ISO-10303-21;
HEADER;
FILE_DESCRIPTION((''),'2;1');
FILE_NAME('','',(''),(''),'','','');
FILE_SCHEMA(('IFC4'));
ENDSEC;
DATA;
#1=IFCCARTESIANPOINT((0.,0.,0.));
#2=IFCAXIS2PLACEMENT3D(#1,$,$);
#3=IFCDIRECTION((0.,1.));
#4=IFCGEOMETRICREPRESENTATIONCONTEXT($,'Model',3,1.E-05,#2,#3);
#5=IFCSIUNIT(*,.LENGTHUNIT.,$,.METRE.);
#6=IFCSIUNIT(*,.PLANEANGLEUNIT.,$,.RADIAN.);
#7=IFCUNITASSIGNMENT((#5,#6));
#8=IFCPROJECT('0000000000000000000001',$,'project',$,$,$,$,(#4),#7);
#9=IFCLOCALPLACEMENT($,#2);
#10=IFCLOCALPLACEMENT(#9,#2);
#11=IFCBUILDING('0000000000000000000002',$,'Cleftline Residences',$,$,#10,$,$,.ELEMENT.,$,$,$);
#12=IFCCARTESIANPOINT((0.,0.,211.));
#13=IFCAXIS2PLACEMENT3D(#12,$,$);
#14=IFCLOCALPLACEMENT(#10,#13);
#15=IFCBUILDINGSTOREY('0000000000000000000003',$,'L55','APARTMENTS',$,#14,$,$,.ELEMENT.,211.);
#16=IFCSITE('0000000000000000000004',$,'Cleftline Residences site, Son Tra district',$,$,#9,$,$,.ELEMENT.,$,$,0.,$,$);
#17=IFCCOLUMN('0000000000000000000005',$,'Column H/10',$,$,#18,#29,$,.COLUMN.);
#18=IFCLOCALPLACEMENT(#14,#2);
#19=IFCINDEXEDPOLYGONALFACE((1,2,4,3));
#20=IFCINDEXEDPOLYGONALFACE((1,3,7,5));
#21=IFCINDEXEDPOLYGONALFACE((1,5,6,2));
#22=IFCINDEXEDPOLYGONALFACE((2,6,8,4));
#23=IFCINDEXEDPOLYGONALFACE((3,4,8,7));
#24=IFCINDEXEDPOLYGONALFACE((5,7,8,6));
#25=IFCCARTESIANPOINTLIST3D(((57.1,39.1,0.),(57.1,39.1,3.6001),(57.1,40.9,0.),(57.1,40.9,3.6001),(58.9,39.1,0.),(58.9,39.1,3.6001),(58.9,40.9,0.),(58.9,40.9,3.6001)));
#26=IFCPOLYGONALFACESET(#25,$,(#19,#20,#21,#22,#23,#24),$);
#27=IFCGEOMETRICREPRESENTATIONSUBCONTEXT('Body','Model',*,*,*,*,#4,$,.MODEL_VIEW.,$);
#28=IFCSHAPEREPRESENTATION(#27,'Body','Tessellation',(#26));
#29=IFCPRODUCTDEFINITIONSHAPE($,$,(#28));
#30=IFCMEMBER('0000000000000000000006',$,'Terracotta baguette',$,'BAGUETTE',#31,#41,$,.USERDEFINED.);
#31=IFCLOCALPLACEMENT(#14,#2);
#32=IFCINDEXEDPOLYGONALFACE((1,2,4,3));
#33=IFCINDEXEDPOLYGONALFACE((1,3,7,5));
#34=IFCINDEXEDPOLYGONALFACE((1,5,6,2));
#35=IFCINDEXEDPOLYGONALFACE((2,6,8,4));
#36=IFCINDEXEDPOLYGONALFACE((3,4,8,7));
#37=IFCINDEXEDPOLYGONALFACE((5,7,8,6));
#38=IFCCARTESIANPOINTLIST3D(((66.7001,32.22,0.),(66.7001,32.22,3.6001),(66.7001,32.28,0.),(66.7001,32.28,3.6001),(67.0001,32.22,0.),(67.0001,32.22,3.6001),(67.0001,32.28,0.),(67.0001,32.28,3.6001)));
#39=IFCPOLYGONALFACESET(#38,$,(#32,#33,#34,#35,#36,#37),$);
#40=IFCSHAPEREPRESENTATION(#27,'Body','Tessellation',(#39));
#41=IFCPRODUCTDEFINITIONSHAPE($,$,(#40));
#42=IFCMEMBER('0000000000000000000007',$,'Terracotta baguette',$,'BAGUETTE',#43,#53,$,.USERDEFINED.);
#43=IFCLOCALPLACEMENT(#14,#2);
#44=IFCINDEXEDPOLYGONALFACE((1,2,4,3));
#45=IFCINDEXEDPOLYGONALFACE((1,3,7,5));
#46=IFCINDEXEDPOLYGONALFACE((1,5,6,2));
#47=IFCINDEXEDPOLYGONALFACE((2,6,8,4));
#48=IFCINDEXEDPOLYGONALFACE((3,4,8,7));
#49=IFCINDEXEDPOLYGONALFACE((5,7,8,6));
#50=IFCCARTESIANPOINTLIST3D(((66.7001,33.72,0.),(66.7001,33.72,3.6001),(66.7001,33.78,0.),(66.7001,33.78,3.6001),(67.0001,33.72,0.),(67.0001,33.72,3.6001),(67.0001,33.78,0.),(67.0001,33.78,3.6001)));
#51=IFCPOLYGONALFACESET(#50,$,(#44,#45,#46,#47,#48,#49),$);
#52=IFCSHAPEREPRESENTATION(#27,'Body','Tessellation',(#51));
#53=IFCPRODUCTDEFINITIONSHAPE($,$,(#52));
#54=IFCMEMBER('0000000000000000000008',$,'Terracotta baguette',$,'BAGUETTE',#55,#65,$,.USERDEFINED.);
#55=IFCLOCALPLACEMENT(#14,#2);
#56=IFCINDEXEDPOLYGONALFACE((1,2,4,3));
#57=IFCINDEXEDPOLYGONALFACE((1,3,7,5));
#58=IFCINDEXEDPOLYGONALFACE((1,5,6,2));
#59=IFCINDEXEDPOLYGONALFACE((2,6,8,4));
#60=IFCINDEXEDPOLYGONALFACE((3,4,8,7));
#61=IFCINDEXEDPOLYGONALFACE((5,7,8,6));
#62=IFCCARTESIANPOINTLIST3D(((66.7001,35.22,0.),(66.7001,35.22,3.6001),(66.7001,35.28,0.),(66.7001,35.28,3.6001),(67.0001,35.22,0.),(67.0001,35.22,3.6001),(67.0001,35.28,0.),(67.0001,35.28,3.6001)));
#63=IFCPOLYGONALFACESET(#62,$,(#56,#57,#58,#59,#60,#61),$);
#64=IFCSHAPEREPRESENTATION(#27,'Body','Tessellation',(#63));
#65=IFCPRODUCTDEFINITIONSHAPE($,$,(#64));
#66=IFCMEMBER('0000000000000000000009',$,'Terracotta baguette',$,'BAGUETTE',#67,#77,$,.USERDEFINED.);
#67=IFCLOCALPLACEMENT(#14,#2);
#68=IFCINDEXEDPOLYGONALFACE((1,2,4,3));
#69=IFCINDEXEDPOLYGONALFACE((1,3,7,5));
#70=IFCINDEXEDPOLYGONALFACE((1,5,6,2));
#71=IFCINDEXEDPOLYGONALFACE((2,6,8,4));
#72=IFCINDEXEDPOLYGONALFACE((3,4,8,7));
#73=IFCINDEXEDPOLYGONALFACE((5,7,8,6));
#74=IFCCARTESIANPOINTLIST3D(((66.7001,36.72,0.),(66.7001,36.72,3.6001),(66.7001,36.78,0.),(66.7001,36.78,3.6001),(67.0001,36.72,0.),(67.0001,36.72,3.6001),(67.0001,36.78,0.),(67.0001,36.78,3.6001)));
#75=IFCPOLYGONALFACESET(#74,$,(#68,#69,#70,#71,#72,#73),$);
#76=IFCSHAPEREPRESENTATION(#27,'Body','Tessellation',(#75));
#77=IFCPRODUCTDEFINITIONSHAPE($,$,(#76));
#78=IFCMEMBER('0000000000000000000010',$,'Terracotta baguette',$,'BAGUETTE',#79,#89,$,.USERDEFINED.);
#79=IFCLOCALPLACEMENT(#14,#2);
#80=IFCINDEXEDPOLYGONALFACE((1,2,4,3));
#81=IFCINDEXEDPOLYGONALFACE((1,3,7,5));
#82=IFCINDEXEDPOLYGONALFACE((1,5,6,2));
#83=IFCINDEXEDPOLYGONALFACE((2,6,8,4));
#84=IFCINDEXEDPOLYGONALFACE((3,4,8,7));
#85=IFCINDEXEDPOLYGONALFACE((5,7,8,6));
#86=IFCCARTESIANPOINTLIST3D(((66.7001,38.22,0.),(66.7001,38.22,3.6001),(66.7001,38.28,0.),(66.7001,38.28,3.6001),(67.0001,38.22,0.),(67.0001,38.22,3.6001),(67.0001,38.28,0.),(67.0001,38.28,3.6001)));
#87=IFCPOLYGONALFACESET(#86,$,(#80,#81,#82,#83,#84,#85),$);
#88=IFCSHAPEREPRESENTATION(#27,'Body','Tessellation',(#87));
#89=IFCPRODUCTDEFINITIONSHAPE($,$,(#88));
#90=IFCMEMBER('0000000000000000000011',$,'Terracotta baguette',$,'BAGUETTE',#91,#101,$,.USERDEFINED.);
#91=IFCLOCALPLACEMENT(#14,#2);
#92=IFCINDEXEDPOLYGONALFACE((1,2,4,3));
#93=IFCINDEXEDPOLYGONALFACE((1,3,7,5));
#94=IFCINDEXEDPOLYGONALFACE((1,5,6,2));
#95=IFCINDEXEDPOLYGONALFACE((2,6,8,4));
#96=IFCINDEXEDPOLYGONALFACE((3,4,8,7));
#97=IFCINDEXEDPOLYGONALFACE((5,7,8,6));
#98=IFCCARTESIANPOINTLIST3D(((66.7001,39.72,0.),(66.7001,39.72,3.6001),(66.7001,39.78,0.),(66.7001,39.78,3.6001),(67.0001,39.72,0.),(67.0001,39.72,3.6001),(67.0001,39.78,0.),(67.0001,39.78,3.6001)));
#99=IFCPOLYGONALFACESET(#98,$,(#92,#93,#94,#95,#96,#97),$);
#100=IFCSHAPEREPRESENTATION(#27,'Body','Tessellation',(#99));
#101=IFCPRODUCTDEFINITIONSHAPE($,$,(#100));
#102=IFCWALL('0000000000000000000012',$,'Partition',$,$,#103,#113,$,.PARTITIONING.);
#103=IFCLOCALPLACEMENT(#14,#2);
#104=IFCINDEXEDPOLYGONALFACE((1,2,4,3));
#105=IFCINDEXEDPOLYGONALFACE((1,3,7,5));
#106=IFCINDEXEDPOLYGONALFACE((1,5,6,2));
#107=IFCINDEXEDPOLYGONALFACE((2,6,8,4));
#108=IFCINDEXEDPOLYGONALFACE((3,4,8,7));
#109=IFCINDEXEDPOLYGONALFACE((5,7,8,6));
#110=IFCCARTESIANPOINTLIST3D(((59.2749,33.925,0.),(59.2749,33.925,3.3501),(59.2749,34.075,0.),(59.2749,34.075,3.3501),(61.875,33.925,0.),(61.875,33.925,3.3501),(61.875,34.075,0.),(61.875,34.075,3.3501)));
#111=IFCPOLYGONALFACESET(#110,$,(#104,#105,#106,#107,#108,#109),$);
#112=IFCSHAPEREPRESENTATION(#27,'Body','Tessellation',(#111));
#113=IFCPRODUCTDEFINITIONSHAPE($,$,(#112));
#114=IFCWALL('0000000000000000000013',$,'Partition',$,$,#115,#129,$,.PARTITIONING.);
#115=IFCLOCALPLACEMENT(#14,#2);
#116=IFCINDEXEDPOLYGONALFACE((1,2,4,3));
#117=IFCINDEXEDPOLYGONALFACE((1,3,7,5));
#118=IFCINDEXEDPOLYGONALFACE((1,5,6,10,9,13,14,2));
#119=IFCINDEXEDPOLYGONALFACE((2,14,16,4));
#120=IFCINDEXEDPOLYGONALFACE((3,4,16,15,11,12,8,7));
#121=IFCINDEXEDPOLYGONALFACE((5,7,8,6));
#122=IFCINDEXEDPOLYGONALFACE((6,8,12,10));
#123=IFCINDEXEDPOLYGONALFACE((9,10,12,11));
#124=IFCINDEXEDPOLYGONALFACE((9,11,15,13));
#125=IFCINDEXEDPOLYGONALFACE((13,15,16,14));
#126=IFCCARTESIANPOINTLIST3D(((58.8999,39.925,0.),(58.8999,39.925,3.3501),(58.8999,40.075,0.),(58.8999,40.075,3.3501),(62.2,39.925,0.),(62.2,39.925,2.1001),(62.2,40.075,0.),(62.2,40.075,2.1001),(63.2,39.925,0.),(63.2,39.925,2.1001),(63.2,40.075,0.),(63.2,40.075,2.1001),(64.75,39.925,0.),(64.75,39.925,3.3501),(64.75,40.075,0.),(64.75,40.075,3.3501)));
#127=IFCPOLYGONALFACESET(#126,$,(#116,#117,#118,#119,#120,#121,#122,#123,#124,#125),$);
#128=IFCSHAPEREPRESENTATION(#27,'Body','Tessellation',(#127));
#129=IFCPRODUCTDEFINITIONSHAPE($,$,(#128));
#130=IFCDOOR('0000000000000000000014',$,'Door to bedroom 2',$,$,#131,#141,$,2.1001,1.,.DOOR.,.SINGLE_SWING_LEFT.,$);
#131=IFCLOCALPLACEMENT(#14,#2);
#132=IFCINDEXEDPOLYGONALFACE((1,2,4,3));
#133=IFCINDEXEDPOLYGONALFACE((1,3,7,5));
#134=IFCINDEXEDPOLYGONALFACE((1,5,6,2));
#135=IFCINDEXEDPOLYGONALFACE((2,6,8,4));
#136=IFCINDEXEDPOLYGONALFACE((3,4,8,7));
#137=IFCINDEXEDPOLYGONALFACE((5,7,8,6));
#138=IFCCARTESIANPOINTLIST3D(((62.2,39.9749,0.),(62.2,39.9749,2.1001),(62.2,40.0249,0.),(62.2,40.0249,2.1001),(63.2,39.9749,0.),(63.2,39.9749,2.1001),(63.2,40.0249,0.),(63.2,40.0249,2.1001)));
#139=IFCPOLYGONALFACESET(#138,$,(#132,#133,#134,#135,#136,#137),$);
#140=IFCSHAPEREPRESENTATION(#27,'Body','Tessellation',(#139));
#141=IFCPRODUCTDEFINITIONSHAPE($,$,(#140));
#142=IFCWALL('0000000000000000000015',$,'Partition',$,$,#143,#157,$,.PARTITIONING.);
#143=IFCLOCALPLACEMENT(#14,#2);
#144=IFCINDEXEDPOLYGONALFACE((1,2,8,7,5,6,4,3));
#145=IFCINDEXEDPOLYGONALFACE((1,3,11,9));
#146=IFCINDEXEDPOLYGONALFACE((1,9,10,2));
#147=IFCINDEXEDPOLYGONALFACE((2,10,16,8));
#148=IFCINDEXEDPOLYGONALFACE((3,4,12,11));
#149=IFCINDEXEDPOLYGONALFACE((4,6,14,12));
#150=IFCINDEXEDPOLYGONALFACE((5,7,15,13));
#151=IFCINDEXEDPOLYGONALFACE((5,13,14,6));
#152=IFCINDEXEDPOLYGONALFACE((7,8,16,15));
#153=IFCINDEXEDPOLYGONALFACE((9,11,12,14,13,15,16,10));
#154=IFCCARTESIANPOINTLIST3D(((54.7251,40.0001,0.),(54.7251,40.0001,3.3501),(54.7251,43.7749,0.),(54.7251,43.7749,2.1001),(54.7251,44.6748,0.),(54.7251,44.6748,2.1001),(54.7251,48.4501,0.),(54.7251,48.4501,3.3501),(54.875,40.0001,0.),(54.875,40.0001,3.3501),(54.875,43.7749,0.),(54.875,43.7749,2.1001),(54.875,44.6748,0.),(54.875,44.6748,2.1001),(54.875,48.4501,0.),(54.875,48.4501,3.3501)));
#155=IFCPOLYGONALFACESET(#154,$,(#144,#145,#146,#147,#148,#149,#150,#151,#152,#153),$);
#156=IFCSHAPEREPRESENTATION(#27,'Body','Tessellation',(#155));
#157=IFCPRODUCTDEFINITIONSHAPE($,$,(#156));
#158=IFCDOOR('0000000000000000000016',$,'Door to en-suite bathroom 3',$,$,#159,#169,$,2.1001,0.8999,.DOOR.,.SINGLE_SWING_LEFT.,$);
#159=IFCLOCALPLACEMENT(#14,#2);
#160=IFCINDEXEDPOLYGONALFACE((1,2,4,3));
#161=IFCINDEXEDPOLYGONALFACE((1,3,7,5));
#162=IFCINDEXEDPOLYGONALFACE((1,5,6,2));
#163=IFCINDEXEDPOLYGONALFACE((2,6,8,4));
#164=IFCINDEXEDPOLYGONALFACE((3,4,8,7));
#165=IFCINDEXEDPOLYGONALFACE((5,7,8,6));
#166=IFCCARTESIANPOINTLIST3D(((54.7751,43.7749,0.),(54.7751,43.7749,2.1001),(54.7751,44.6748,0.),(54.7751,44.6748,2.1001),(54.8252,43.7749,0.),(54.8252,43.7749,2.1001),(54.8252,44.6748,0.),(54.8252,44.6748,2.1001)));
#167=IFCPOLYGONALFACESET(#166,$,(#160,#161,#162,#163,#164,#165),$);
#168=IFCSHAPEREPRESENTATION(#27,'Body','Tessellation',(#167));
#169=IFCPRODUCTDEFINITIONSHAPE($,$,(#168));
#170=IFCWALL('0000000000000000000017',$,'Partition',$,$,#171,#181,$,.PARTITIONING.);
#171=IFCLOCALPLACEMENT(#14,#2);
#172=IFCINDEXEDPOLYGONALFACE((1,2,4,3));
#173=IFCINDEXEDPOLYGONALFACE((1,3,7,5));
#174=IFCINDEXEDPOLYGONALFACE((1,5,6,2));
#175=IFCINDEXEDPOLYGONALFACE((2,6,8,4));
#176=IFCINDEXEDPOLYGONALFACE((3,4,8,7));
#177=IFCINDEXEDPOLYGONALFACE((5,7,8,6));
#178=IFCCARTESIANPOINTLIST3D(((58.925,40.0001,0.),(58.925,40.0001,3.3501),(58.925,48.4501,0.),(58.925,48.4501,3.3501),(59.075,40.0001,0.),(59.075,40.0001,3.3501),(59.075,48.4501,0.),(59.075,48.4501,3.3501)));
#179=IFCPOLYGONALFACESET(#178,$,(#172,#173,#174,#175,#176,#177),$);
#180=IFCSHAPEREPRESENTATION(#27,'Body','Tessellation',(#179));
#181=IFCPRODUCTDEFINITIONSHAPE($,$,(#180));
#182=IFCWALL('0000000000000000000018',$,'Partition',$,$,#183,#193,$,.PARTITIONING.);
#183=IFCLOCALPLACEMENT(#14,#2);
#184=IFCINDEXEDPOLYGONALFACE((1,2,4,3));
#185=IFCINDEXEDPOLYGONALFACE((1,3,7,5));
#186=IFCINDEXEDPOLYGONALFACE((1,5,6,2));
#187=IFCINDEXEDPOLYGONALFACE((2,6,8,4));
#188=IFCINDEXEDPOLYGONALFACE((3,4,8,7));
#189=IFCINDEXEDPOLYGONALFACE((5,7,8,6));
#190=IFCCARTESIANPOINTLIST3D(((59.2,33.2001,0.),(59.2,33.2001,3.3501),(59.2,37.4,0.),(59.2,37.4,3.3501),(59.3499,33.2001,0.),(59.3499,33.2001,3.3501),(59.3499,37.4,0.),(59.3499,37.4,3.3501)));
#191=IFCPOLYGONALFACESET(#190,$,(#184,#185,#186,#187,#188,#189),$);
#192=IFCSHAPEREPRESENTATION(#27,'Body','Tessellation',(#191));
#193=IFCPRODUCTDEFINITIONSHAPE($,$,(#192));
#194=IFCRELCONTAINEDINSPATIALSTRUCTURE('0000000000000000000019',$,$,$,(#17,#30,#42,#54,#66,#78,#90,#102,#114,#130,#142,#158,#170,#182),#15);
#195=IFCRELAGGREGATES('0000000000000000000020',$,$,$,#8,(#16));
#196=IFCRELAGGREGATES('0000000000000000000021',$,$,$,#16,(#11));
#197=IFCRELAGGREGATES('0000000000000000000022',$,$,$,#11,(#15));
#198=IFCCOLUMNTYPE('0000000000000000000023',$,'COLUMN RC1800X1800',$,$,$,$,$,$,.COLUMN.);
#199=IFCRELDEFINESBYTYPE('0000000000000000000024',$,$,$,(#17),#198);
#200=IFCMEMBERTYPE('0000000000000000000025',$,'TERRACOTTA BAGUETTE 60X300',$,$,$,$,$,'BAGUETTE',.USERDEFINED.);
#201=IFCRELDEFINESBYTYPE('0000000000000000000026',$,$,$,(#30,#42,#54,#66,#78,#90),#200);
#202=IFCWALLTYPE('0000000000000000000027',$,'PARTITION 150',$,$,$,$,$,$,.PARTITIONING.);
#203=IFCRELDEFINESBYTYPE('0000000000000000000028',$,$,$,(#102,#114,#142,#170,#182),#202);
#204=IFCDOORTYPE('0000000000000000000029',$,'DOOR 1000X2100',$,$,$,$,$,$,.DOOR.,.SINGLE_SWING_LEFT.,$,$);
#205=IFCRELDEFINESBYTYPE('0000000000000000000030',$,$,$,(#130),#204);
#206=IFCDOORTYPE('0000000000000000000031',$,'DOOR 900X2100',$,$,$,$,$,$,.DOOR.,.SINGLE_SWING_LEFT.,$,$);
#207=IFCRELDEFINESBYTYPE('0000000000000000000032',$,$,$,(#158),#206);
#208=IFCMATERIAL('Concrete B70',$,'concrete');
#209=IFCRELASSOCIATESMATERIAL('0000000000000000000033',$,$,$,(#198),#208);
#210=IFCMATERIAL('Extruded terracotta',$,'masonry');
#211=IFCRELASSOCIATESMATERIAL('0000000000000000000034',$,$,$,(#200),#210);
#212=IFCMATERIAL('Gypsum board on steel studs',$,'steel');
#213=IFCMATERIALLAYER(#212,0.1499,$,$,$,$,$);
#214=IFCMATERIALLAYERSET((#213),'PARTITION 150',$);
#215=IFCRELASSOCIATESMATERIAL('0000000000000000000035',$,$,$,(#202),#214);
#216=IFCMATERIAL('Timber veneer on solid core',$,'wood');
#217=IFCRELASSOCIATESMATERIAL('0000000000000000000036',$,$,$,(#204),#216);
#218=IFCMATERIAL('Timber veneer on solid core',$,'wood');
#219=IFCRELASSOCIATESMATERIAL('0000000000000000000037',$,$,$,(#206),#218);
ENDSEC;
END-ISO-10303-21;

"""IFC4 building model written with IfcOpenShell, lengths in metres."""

from ifc_helpers import new_model, si_unit, direction, frame, frame_2d, origin, origin_2d, place, context, subcontext, project, spatial, rectangle, extrude, material, layer, layer_set, material_profile, profile_set, type_object, element, fill, save


model = new_model("IFC4")

# Units and contexts
model_context = context("Model", 3, precision=1e-05, world=origin(), true_north=direction((0.0, 1.0)))
body_context = subcontext(model_context, "Body", "Model", "MODEL_VIEW")
ifc_project = project(units=[si_unit("LENGTHUNIT", "METRE"), si_unit("PLANEANGLEUNIT", "RADIAN")], contexts=[model_context])

# Site, building, storey
site_placement = place(None, origin())
site = spatial("IfcSite", under=ifc_project, at=site_placement, Name="Cleftline Residences site, Son Tra district", CompositionType="ELEMENT", RefElevation=0.0)
building_placement = place(site_placement, origin())
building = spatial("IfcBuilding", under=site, at=building_placement, Name="Cleftline Residences", CompositionType="ELEMENT")
storey_placement = place(building_placement, frame((0.0, 0.0, 211.0)))
storey = spatial("IfcBuildingStorey", under=building, at=storey_placement, Name="L55", Description="APARTMENTS", CompositionType="ELEMENT", Elevation=211.0)

# Column
ifc_material_1 = material(Name="Concrete B70", Category="concrete")
ifc_material_profile_1 = material_profile(ifc_material_1, rectangle(XDim=1.8, YDim=1.8, at=origin_2d()))
ifc_profile_set_1 = profile_set([ifc_material_profile_1], Name="Concrete B70")
column_type = type_object("IfcColumnType", Name="COLUMN RC1800X1800", PredefinedType="COLUMN", material=ifc_profile_set_1)
column_placement = place(storey_placement, frame((58.0, 40.0, 0.0), z_axis=(0.0, 0.0, 1.0), x_axis=(1.0, 0.0, 0.0)))
element("IfcColumn", 1, at=column_placement, inside=storey, type_object=column_type, Name="Column H/10", PredefinedType="COLUMN", context=body_context, shape_type="SweptSolid", body=[
    extrude(rectangle(XDim=1.8, YDim=1.8, at=origin_2d()), origin(), (0.0, 0.0, 1.0), 3.6001),
])

# Members
ifc_material_2 = material(Name="Extruded terracotta", Category="masonry")
ifc_material_profile_2 = material_profile(ifc_material_2, rectangle(XDim=0.0601, YDim=0.3, at=origin_2d()))
ifc_profile_set_2 = profile_set([ifc_material_profile_2], Name="Extruded terracotta")
member_type = type_object("IfcMemberType", Name="TERRACOTTA BAGUETTE 60X300", ElementType="BAGUETTE", PredefinedType="USERDEFINED", material=ifc_profile_set_2)
for number, where, z_axis, x_axis, name in (
    (2, (66.8501, 32.25, 0.0), (0.0, 0.0, 1.0), (0.0, 1.0, 0.0), "Terracotta baguette"),
    (3, (66.8501, 33.75, 0.0), (0.0, 0.0, 1.0), (0.0, 1.0, 0.0), "Terracotta baguette"),
    (4, (66.8501, 35.25, 0.0), (0.0, 0.0, 1.0), (0.0, 1.0, 0.0), "Terracotta baguette"),
    (5, (66.8501, 36.75, 0.0), (0.0, 0.0, 1.0), (0.0, 1.0, 0.0), "Terracotta baguette"),
    (6, (66.8501, 38.25, 0.0), (0.0, 0.0, 1.0), (0.0, 1.0, 0.0), "Terracotta baguette"),
    (7, (66.8501, 39.75, 0.0), (0.0, 0.0, 1.0), (0.0, 1.0, 0.0), "Terracotta baguette"),
):
    element("IfcMember", number, at=place(storey_placement, frame(where, z_axis=z_axis, x_axis=x_axis)), inside=storey, type_object=member_type, Name=name, ObjectType="BAGUETTE", PredefinedType="USERDEFINED", context=body_context, shape_type="SweptSolid", body=[
        extrude(rectangle(XDim=0.0601, YDim=0.3, at=origin_2d()), origin(), (0.0, 0.0, 1.0), 3.6001),
    ])

# Wall
ifc_material_3 = material(Name="Gypsum board on steel studs", Category="steel")
ifc_layer = layer(ifc_material_3, 0.1499)
ifc_layer_set = layer_set([ifc_layer], Name="PARTITION 150")
wall_type = type_object("IfcWallType", Name="PARTITION 150", PredefinedType="PARTITIONING", material=ifc_layer_set)
wall_1_placement = place(storey_placement, frame((59.2749, 34.0, 0.0), z_axis=(0.0, 0.0, 1.0), x_axis=(1.0, 0.0, 0.0)))
element("IfcWall", 8, at=wall_1_placement, inside=storey, type_object=wall_type, Name="Partition", PredefinedType="PARTITIONING", context=body_context, shape_type="SweptSolid", body=[
    extrude(rectangle(XDim=2.6001, YDim=0.1499, at=frame_2d((1.3, 0.0))), origin(), (0.0, 0.0, 1.0), 3.3501),
])

# Walls, openings, doors
wall_2_placement = place(storey_placement, frame((58.8999, 40.0, 0.0), z_axis=(0.0, 0.0, 1.0), x_axis=(1.0, 0.0, 0.0)))
wall_2 = element("IfcWall", 9, at=wall_2_placement, inside=storey, type_object=wall_type, Name="Partition", PredefinedType="PARTITIONING", context=body_context, shape_type="SweptSolid", body=[
    extrude(rectangle(XDim=5.8501, YDim=0.1499, at=frame_2d((2.925, 0.0))), origin(), (0.0, 0.0, 1.0), 3.3501),
])
opening_1_placement = place(wall_2_placement, frame((3.3, 0.0, 0.0)))
opening_1 = element("IfcOpeningElement", 10, at=opening_1_placement, cuts=wall_2, PredefinedType="OPENING", context=body_context, shape_type="SweptSolid", body=[
    extrude(rectangle(XDim=1.0, YDim=2.1001, at=frame_2d((0.5, 1.05))), frame((0.0, 0.085, 0.0), z_axis=(0.0, -1.0, 0.0), x_axis=(1.0, 0.0, 0.0)), (0.0, 0.0, 1.0), 0.1699),
])
ifc_material_4 = material(Name="Timber veneer on solid core", Category="wood")
door_type_1 = type_object("IfcDoorType", Name="DOOR 1000X2100", OperationType="SINGLE_SWING_LEFT", PredefinedType="DOOR", material=ifc_material_4)
door_1_placement = place(opening_1_placement, origin())
door_1 = element("IfcDoor", 11, at=door_1_placement, inside=storey, type_object=door_type_1, Name="Door to bedroom 2", OperationType="SINGLE_SWING_LEFT", OverallHeight=2.1001, OverallWidth=1.0, PredefinedType="DOOR", context=body_context, shape_type="SweptSolid", body=[
    extrude(rectangle(XDim=1.0, YDim=2.1001, at=frame_2d((0.5, 1.05))), frame((0.0, 0.0249, 0.0), z_axis=(0.0, -1.0, 0.0), x_axis=(1.0, 0.0, 0.0)), (0.0, 0.0, 1.0), 0.05),
])
fill(opening_1, door_1)
wall_3_placement = place(storey_placement, frame((54.8, 40.0, 0.0), z_axis=(0.0, 0.0, 1.0), x_axis=(0.0, 1.0, 0.0)))
wall_3 = element("IfcWall", 12, at=wall_3_placement, inside=storey, type_object=wall_type, Name="Partition", PredefinedType="PARTITIONING", context=body_context, shape_type="SweptSolid", body=[
    extrude(rectangle(XDim=8.45, YDim=0.1499, at=frame_2d((4.2251, 0.0))), origin(), (0.0, 0.0, 1.0), 3.3501),
])
opening_2_placement = place(wall_3_placement, frame((3.7749, 0.0, 0.0)))
opening_2 = element("IfcOpeningElement", 13, at=opening_2_placement, cuts=wall_3, PredefinedType="OPENING", context=body_context, shape_type="SweptSolid", body=[
    extrude(rectangle(XDim=0.8999, YDim=2.1001, at=frame_2d((0.45, 1.05))), frame((0.0, 0.085, 0.0), z_axis=(0.0, -1.0, 0.0), x_axis=(1.0, 0.0, 0.0)), (0.0, 0.0, 1.0), 0.1699),
])
ifc_material_5 = material(Name="Timber veneer on solid core", Category="wood")
door_type_2 = type_object("IfcDoorType", Name="DOOR 900X2100", OperationType="SINGLE_SWING_LEFT", PredefinedType="DOOR", material=ifc_material_5)
door_2_placement = place(opening_2_placement, origin())
door_2 = element("IfcDoor", 14, at=door_2_placement, inside=storey, type_object=door_type_2, Name="Door to en-suite bathroom 3", OperationType="SINGLE_SWING_LEFT", OverallHeight=2.1001, OverallWidth=0.8999, PredefinedType="DOOR", context=body_context, shape_type="SweptSolid", body=[
    extrude(rectangle(XDim=0.8999, YDim=2.1001, at=frame_2d((0.45, 1.05))), frame((0.0, 0.0249, 0.0), z_axis=(0.0, -1.0, 0.0), x_axis=(1.0, 0.0, 0.0)), (0.0, 0.0, 1.0), 0.05),
])
fill(opening_2, door_2)

# Walls
wall_4_placement = place(storey_placement, frame((59.0, 40.0, 0.0), z_axis=(0.0, 0.0, 1.0), x_axis=(0.0, 1.0, 0.0)))
element("IfcWall", 15, at=wall_4_placement, inside=storey, type_object=wall_type, Name="Partition", PredefinedType="PARTITIONING", context=body_context, shape_type="SweptSolid", body=[
    extrude(rectangle(XDim=8.45, YDim=0.1499, at=frame_2d((4.2251, 0.0))), origin(), (0.0, 0.0, 1.0), 3.3501),
])
wall_5_placement = place(storey_placement, frame((59.2749, 33.2, 0.0), z_axis=(0.0, 0.0, 1.0), x_axis=(0.0, 1.0, 0.0)))
element("IfcWall", 16, at=wall_5_placement, inside=storey, type_object=wall_type, Name="Partition", PredefinedType="PARTITIONING", context=body_context, shape_type="SweptSolid", body=[
    extrude(rectangle(XDim=4.2, YDim=0.1499, at=frame_2d((2.1001, 0.0))), origin(), (0.0, 0.0, 1.0), 3.3501),
])

save(model, "model.ifc")
